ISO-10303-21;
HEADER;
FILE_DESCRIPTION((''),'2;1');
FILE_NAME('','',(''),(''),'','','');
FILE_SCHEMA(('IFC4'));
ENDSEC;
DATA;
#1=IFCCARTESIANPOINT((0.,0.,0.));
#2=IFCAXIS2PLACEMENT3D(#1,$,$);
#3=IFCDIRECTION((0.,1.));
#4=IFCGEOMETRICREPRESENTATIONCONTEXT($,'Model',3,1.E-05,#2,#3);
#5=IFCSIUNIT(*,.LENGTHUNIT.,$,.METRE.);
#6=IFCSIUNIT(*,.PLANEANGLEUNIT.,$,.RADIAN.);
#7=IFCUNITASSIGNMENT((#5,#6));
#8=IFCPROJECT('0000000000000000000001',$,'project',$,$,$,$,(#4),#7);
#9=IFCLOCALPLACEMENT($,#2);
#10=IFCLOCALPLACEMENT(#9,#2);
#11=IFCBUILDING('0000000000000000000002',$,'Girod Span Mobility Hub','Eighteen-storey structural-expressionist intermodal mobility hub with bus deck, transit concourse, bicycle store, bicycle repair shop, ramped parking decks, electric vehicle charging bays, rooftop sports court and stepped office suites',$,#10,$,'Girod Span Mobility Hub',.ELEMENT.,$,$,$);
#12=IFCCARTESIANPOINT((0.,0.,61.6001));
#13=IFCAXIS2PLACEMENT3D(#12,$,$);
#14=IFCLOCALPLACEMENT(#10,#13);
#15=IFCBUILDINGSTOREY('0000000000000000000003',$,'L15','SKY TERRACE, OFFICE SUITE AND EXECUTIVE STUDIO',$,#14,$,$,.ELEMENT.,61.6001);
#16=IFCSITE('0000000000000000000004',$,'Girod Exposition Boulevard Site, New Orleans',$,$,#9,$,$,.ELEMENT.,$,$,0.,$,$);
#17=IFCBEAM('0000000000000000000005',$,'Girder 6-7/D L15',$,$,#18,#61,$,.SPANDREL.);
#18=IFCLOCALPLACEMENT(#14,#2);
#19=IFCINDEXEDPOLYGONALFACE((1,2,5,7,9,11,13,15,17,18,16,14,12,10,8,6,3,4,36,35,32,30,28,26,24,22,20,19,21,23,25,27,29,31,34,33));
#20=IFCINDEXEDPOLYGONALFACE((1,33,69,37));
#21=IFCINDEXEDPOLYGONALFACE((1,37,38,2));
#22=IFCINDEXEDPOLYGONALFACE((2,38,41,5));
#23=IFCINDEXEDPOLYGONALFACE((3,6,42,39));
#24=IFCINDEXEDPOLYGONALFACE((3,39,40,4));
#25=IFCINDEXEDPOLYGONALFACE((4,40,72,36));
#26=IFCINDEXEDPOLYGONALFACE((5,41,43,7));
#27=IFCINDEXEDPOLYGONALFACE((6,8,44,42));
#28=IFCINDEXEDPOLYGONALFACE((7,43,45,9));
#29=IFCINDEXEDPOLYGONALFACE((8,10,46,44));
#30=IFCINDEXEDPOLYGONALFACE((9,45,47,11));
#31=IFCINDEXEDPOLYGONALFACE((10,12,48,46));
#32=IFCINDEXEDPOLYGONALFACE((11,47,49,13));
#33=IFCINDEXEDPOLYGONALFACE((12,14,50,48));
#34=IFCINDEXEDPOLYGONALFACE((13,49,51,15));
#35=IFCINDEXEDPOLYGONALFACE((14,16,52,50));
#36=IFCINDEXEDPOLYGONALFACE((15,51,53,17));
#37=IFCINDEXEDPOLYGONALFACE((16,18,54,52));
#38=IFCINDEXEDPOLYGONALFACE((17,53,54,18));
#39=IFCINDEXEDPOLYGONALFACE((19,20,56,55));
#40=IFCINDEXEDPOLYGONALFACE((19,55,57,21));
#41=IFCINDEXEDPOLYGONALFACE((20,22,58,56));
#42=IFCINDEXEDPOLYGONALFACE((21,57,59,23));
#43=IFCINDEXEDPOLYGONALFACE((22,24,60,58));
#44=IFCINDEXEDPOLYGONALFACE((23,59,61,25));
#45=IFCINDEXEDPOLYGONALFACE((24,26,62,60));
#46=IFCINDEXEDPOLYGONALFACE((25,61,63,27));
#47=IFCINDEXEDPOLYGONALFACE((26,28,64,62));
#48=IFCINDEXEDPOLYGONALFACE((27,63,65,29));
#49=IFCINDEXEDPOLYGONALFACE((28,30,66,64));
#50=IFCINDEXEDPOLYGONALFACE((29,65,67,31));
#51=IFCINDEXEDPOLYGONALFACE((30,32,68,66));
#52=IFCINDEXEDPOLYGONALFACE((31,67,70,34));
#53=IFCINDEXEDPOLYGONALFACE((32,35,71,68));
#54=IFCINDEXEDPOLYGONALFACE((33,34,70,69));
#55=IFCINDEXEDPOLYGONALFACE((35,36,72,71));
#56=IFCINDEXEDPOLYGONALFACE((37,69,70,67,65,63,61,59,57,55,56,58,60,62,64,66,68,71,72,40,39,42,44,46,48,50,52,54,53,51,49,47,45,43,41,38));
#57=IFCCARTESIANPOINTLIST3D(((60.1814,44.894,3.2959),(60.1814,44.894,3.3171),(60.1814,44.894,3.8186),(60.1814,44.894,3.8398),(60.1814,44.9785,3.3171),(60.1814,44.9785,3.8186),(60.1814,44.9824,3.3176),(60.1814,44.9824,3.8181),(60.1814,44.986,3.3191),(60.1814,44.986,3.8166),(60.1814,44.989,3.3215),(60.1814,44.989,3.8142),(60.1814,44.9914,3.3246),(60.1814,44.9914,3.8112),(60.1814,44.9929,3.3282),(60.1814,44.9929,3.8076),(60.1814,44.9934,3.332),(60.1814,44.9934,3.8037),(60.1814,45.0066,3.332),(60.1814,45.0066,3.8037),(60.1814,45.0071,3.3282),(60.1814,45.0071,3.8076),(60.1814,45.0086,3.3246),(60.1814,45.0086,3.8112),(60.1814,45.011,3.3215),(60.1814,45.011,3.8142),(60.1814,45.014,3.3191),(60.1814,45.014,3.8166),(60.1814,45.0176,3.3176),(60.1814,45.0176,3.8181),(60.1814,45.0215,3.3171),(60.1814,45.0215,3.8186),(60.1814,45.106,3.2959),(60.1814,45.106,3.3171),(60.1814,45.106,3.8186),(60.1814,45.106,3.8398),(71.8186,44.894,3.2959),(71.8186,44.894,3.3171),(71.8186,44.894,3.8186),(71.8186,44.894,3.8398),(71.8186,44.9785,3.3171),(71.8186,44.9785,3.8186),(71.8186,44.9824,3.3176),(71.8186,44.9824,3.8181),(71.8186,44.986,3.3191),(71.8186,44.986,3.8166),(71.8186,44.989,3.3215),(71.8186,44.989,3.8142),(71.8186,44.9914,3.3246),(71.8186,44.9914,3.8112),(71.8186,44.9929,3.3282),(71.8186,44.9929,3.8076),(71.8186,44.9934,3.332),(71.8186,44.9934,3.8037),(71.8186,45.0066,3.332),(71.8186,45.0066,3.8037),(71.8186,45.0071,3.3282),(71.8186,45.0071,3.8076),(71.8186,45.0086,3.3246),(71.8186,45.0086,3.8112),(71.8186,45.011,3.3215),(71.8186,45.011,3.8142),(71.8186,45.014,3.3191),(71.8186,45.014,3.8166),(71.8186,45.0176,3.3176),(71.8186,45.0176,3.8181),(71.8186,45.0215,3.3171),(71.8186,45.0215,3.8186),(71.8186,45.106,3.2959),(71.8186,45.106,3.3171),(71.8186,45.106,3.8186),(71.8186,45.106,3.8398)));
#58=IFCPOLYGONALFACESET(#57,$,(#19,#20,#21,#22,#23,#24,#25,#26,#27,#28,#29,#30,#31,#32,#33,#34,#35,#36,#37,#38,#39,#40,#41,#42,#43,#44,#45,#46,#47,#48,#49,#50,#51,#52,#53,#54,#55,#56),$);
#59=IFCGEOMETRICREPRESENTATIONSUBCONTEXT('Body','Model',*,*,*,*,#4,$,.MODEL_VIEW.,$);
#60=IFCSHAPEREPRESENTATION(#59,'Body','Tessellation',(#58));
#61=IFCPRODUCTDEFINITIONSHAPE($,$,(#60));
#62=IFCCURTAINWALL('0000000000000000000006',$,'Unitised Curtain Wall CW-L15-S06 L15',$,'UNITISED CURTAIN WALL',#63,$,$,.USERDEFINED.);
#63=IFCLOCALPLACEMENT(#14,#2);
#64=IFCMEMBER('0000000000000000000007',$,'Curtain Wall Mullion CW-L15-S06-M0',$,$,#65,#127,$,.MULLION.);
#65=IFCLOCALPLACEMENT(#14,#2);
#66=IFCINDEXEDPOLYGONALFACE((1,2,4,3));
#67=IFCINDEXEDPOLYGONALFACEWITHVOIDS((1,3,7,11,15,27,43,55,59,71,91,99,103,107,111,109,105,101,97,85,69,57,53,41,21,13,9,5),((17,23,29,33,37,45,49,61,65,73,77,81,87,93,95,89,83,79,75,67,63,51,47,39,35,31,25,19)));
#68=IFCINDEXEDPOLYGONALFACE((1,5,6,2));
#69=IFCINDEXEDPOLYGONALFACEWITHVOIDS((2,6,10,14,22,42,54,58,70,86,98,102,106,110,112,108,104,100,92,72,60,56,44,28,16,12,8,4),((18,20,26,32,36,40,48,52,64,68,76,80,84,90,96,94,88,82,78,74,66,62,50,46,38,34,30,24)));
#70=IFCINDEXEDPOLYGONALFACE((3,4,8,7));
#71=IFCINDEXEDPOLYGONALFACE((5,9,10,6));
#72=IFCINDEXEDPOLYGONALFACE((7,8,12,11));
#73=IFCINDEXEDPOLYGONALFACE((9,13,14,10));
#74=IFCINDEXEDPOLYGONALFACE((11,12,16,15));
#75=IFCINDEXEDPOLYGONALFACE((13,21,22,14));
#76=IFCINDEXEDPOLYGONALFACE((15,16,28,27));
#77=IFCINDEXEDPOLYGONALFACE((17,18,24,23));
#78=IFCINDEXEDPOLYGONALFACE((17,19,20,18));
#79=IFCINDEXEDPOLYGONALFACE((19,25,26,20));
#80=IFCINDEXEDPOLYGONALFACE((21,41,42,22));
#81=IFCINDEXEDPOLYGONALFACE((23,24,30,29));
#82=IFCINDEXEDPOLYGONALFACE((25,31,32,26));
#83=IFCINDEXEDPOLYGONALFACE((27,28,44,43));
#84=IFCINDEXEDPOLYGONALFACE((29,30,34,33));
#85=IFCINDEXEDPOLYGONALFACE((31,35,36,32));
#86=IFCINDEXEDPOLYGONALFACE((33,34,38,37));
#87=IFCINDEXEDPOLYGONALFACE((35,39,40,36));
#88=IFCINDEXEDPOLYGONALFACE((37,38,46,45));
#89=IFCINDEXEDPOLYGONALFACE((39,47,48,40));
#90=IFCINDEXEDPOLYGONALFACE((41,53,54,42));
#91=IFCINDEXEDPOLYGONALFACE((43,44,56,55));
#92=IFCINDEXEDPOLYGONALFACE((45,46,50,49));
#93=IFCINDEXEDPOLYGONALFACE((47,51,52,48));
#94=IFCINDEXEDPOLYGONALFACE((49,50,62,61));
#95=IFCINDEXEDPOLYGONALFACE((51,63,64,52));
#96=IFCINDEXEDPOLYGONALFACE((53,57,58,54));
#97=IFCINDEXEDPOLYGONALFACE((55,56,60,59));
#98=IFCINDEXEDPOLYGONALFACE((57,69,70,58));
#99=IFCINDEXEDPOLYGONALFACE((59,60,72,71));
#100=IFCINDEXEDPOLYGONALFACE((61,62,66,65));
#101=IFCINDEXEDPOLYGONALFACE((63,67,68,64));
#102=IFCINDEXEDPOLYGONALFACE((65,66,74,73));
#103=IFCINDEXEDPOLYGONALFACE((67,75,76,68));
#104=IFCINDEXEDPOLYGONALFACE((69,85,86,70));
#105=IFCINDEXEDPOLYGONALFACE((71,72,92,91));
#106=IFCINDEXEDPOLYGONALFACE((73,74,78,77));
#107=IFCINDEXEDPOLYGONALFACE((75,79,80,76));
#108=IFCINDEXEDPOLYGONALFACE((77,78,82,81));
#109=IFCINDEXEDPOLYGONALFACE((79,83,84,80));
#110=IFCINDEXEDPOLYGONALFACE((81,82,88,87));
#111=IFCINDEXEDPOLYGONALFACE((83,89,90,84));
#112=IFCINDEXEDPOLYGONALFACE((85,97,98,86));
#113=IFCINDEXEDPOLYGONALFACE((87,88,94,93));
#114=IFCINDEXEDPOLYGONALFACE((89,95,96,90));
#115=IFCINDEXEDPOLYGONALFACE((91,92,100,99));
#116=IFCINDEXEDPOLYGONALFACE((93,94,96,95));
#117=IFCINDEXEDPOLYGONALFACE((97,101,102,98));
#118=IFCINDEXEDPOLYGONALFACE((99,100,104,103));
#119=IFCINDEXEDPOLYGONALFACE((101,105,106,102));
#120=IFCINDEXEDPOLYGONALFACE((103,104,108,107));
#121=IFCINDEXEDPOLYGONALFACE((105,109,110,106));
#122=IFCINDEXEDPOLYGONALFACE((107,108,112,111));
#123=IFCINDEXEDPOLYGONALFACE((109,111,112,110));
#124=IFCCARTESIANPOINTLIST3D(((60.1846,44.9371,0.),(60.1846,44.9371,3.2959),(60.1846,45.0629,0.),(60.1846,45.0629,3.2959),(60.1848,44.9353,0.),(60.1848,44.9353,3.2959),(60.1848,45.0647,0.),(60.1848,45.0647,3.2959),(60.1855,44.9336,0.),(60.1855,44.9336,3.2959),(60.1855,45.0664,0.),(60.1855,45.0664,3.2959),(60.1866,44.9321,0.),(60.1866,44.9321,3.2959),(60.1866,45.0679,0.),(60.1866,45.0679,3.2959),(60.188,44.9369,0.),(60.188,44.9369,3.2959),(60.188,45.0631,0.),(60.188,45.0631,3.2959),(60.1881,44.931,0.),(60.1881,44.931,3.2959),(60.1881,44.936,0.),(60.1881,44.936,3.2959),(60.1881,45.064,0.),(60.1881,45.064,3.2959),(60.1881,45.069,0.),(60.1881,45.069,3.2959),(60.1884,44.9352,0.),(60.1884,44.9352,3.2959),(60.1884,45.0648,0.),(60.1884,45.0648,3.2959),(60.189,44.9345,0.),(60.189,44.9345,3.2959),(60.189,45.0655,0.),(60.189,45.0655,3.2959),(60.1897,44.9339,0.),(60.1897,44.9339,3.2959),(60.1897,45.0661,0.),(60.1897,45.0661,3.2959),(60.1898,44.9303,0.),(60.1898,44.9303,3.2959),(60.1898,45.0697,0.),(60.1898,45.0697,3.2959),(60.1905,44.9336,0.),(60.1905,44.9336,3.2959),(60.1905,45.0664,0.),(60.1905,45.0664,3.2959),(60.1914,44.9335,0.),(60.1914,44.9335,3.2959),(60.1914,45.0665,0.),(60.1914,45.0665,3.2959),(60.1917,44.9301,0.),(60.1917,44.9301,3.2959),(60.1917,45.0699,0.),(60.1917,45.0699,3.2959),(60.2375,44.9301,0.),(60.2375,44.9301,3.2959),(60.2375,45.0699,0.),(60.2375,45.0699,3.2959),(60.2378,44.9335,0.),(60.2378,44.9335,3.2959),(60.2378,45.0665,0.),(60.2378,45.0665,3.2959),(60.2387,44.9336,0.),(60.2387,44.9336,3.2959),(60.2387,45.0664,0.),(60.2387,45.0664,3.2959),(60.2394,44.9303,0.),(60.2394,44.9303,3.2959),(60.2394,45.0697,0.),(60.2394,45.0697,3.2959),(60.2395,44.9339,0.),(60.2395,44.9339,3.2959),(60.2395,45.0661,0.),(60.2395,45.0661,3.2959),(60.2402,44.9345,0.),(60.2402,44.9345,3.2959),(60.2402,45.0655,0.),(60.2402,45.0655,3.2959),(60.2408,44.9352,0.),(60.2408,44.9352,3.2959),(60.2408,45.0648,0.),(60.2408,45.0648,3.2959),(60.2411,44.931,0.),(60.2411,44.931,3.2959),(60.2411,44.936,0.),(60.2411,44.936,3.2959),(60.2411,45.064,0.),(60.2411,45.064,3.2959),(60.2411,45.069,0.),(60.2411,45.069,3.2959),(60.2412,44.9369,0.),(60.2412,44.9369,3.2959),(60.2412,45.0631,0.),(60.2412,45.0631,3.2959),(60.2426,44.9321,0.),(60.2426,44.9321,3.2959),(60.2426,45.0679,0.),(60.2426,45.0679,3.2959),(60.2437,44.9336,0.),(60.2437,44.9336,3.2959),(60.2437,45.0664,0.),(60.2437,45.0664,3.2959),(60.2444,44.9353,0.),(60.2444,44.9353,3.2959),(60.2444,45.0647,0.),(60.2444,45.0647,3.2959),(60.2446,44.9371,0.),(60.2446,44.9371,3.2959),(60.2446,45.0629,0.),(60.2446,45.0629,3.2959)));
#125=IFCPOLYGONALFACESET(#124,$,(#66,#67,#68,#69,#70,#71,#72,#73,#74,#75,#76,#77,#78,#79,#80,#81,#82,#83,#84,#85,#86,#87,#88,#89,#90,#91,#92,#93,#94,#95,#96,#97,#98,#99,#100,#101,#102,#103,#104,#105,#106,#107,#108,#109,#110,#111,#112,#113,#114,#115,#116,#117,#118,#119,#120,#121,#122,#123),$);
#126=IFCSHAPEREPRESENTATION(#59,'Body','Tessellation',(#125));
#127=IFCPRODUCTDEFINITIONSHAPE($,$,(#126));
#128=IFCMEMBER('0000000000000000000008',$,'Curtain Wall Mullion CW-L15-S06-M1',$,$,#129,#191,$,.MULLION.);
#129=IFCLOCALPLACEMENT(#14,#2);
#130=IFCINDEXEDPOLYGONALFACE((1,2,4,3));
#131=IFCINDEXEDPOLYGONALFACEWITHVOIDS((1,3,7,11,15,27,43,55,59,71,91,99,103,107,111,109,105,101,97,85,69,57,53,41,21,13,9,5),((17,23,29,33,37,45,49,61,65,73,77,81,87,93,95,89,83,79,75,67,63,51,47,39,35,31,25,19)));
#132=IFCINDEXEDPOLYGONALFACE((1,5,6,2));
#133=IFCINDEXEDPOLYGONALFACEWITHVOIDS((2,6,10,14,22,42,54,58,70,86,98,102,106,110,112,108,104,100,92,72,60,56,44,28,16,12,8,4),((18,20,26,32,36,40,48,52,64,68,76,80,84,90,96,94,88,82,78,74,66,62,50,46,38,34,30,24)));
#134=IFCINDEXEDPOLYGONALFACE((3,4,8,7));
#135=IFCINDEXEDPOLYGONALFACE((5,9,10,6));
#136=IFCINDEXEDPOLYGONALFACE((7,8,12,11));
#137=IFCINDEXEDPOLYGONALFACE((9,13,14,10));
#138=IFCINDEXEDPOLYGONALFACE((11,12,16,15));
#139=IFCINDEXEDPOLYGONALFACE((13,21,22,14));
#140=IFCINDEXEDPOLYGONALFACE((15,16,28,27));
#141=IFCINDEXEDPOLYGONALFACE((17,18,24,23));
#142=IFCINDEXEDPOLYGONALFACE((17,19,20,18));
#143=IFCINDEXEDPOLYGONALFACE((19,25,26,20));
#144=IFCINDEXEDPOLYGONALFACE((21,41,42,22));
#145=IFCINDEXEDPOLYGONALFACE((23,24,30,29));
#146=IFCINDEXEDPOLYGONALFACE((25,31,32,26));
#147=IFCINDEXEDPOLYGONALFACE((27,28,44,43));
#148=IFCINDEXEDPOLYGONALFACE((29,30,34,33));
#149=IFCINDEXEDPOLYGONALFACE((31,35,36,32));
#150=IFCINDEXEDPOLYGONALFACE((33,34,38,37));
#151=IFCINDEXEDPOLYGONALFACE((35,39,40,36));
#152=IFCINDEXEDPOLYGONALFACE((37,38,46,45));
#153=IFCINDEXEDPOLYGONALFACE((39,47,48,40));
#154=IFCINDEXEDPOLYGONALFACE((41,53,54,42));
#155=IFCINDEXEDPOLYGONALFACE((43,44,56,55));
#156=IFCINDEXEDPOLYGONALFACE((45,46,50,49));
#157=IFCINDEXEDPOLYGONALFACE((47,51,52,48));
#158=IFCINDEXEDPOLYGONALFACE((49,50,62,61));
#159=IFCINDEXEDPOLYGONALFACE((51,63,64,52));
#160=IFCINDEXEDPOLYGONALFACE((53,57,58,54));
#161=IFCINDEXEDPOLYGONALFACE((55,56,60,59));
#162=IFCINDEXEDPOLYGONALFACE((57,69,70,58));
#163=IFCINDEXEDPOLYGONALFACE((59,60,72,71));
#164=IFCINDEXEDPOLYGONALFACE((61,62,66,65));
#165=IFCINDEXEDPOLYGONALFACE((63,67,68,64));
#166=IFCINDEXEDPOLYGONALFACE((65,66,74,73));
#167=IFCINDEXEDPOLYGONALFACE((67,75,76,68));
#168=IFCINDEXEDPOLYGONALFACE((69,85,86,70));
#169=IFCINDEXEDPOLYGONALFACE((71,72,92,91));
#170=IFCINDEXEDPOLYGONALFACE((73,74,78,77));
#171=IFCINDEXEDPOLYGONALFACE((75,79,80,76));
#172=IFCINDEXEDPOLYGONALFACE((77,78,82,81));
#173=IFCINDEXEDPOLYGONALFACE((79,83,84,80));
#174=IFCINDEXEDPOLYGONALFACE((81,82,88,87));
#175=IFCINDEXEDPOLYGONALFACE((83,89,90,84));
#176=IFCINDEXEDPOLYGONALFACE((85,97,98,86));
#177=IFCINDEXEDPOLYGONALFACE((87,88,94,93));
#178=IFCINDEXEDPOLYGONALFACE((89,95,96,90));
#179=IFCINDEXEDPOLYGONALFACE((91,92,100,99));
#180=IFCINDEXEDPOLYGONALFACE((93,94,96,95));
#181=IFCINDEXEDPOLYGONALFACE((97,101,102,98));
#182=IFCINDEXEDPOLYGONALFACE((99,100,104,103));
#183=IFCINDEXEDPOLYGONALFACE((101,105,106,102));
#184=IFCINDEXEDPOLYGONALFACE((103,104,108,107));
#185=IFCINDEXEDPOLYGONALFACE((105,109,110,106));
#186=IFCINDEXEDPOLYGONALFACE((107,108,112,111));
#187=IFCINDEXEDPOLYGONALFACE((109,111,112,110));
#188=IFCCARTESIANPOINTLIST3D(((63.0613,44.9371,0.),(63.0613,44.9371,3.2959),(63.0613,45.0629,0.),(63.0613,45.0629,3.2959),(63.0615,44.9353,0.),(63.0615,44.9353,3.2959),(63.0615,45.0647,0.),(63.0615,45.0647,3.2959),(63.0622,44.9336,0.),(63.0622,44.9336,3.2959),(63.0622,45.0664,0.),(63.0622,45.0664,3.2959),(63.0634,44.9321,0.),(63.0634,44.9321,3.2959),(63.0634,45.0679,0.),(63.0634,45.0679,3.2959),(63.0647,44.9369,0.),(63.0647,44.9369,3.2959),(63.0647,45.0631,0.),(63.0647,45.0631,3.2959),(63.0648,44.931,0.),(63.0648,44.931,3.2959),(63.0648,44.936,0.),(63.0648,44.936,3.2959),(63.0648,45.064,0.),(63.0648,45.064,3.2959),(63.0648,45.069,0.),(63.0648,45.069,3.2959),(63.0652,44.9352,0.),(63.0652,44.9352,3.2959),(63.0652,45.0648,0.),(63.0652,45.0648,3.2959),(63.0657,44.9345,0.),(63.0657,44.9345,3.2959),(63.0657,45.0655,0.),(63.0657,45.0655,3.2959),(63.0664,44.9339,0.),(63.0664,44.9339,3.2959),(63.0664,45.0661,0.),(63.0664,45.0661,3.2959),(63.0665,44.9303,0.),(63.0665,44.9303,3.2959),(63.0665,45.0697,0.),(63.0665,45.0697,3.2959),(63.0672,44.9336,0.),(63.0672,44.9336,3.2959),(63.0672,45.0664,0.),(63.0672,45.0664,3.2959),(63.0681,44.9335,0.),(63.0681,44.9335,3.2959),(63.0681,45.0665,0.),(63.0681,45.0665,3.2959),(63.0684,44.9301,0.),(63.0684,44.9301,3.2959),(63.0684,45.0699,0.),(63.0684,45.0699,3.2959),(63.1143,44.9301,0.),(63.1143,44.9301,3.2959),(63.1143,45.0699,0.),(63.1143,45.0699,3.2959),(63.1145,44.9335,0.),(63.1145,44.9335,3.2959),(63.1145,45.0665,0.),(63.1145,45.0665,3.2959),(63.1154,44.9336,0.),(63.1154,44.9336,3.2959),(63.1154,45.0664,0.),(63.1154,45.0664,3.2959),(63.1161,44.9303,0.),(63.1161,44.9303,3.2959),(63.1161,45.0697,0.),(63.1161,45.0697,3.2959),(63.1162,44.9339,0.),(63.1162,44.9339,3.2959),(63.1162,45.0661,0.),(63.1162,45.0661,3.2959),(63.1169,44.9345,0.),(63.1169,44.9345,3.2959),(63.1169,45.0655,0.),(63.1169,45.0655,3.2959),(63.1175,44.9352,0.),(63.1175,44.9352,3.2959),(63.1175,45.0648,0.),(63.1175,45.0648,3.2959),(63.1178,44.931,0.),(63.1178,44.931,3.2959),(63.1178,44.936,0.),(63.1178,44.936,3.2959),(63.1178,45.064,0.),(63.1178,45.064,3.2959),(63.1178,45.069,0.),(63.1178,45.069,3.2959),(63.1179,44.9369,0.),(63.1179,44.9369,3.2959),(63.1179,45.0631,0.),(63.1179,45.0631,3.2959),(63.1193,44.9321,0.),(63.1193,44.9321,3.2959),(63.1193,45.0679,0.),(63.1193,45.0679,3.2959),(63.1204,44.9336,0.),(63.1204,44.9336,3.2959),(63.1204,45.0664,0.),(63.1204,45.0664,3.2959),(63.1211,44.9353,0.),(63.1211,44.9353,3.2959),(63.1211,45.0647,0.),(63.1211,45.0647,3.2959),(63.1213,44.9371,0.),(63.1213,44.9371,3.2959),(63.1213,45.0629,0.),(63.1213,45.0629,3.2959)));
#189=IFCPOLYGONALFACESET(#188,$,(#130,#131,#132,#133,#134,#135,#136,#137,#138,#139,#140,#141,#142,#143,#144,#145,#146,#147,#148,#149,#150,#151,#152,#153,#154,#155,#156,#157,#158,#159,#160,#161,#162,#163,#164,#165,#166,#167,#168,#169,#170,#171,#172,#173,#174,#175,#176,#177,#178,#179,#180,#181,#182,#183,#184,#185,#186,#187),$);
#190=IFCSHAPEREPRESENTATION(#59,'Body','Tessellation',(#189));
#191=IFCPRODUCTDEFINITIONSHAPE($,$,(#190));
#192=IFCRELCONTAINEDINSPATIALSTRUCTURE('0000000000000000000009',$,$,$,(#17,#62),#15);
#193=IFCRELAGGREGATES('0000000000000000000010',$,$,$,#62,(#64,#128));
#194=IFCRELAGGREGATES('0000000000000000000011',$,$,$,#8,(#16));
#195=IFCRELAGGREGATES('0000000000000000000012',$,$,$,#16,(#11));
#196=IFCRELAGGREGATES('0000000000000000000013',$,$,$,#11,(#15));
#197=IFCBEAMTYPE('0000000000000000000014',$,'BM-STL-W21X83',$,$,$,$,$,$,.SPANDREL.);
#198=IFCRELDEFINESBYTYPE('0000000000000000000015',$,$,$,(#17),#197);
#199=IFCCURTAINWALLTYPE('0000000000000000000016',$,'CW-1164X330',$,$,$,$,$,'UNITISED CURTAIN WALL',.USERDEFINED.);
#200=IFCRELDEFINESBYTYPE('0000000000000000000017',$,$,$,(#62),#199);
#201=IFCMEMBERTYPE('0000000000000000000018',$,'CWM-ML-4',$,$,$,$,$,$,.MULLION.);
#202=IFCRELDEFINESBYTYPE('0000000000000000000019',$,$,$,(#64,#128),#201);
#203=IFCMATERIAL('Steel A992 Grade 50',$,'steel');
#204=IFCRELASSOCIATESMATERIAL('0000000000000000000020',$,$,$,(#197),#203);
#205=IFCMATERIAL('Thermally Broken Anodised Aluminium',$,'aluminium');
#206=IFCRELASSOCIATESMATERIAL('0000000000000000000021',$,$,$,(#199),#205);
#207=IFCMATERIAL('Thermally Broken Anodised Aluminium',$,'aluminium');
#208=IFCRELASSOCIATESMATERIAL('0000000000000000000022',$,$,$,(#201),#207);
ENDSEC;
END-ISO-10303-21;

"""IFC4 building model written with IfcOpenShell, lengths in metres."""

from ifc_helpers import new_model, si_unit, direction, frame, origin, origin_2d, place, context, subcontext, project, spatial, hollow_rectangle, i_section, extrude, material, material_profile, profile_set, type_object, element, aggregate, save


model = new_model("IFC4")

# Units and contexts
model_context = context("Model", 3, precision=1e-05, world=origin(), true_north=direction((0.0, 1.0)))
body_context = subcontext(model_context, "Body", "Model", "MODEL_VIEW")
ifc_project = project(units=[si_unit("LENGTHUNIT", "METRE"), si_unit("PLANEANGLEUNIT", "RADIAN")], contexts=[model_context])

# Site, building, storey
site_placement = place(None, origin())
site = spatial("IfcSite", under=ifc_project, at=site_placement, Name="Girod Exposition Boulevard Site, New Orleans", CompositionType="ELEMENT", RefElevation=0.0)
building_placement = place(site_placement, origin())
building = spatial("IfcBuilding", under=site, at=building_placement, Name="Girod Span Mobility Hub", Description="Eighteen-storey structural-expressionist intermodal mobility hub with bus deck, transit concourse, bicycle store, bicycle repair shop, ramped parking decks, electric vehicle charging bays, rooftop sports court and stepped office suites", LongName="Girod Span Mobility Hub", CompositionType="ELEMENT")
storey_placement = place(building_placement, frame((0.0, 0.0, 61.6001)))
storey = spatial("IfcBuildingStorey", under=building, at=storey_placement, Name="L15", Description="SKY TERRACE, OFFICE SUITE AND EXECUTIVE STUDIO", CompositionType="ELEMENT", Elevation=61.6001)

# Beam
ifc_material_1 = material(Name="Steel A992 Grade 50", Category="steel")
ifc_material_profile_1 = material_profile(ifc_material_1, i_section(OverallWidth=0.2119, OverallDepth=0.5439, WebThickness=0.0132, FlangeThickness=0.0212, FilletRadius=0.0149, at=origin_2d()), Name="W21X83")
ifc_profile_set_1 = profile_set([ifc_material_profile_1], Name="Steel A992 Grade 50")
beam_type_1 = type_object("IfcBeamType", Name="BM-STL-W21X83", PredefinedType="SPANDREL", material=ifc_profile_set_1)
beam_1_placement = place(storey_placement, frame((60.1814, 45.0, 3.5679), z_axis=(1.0, 0.0, 0.0), x_axis=(0.0, 1.0, 0.0)))
element("IfcBeam", 1, at=beam_1_placement, inside=storey, type_object=beam_type_1, Name="Girder 6-7/D L15", PredefinedType="SPANDREL", context=body_context, shape_type="SweptSolid", body=[
    extrude(i_section(OverallWidth=0.2119, OverallDepth=0.5439, WebThickness=0.0132, FlangeThickness=0.0212, FilletRadius=0.0149, at=origin_2d()), origin(), (0.0, 0.0, 1.0), 11.6372),
])

# Curtain wall, members
ifc_material_2 = material(Name="Thermally Broken Anodised Aluminium", Category="aluminium")
curtain_wall_type = type_object("IfcCurtainWallType", Name="CW-1164X330", ElementType="UNITISED CURTAIN WALL", PredefinedType="USERDEFINED", material=ifc_material_2)
curtain_wall_placement = place(storey_placement, origin())
curtain_wall = element("IfcCurtainWall", 2, at=curtain_wall_placement, inside=storey, type_object=curtain_wall_type, Name="Unitised Curtain Wall CW-L15-S06 L15", ObjectType="UNITISED CURTAIN WALL", PredefinedType="USERDEFINED")
ifc_material_3 = material(Name="Thermally Broken Anodised Aluminium", Category="aluminium")
ifc_material_profile_2 = material_profile(ifc_material_3, hollow_rectangle(XDim=0.1399, YDim=0.0601, WallThickness=0.0034, InnerFilletRadius=0.0034, OuterFilletRadius=0.0071, at=origin_2d()), Name="CW-ML-60X140")
ifc_profile_set_2 = profile_set([ifc_material_profile_2], Name="Thermally Broken Anodised Aluminium")
member_type_1 = type_object("IfcMemberType", Name="CWM-ML-4", PredefinedType="MULLION", material=ifc_profile_set_2)
member_1_placement = place(storey_placement, frame((60.2146, 45.0, 0.0), z_axis=(0.0, 0.0, 1.0), x_axis=(0.0, 1.0, 0.0)))
member_1 = element("IfcMember", 3, at=member_1_placement, type_object=member_type_1, Name="Curtain Wall Mullion CW-L15-S06-M0", PredefinedType="MULLION", context=body_context, shape_type="SweptSolid", body=[
    extrude(hollow_rectangle(XDim=0.1399, YDim=0.0601, WallThickness=0.0034, InnerFilletRadius=0.0034, OuterFilletRadius=0.0071, at=origin_2d()), origin(), (0.0, 0.0, 1.0), 3.2959),
])
member_2_placement = place(storey_placement, frame((63.0913, 45.0, 0.0), z_axis=(0.0, 0.0, 1.0), x_axis=(0.0, 1.0, 0.0)))
member_2 = element("IfcMember", 4, at=member_2_placement, type_object=member_type_1, Name="Curtain Wall Mullion CW-L15-S06-M1", PredefinedType="MULLION", context=body_context, shape_type="SweptSolid", body=[
    extrude(hollow_rectangle(XDim=0.1399, YDim=0.0601, WallThickness=0.0034, InnerFilletRadius=0.0034, OuterFilletRadius=0.0071, at=origin_2d()), origin(), (0.0, 0.0, 1.0), 3.2959),
])

aggregate(curtain_wall, [member_1, member_2])

save(model, "model.ifc")
